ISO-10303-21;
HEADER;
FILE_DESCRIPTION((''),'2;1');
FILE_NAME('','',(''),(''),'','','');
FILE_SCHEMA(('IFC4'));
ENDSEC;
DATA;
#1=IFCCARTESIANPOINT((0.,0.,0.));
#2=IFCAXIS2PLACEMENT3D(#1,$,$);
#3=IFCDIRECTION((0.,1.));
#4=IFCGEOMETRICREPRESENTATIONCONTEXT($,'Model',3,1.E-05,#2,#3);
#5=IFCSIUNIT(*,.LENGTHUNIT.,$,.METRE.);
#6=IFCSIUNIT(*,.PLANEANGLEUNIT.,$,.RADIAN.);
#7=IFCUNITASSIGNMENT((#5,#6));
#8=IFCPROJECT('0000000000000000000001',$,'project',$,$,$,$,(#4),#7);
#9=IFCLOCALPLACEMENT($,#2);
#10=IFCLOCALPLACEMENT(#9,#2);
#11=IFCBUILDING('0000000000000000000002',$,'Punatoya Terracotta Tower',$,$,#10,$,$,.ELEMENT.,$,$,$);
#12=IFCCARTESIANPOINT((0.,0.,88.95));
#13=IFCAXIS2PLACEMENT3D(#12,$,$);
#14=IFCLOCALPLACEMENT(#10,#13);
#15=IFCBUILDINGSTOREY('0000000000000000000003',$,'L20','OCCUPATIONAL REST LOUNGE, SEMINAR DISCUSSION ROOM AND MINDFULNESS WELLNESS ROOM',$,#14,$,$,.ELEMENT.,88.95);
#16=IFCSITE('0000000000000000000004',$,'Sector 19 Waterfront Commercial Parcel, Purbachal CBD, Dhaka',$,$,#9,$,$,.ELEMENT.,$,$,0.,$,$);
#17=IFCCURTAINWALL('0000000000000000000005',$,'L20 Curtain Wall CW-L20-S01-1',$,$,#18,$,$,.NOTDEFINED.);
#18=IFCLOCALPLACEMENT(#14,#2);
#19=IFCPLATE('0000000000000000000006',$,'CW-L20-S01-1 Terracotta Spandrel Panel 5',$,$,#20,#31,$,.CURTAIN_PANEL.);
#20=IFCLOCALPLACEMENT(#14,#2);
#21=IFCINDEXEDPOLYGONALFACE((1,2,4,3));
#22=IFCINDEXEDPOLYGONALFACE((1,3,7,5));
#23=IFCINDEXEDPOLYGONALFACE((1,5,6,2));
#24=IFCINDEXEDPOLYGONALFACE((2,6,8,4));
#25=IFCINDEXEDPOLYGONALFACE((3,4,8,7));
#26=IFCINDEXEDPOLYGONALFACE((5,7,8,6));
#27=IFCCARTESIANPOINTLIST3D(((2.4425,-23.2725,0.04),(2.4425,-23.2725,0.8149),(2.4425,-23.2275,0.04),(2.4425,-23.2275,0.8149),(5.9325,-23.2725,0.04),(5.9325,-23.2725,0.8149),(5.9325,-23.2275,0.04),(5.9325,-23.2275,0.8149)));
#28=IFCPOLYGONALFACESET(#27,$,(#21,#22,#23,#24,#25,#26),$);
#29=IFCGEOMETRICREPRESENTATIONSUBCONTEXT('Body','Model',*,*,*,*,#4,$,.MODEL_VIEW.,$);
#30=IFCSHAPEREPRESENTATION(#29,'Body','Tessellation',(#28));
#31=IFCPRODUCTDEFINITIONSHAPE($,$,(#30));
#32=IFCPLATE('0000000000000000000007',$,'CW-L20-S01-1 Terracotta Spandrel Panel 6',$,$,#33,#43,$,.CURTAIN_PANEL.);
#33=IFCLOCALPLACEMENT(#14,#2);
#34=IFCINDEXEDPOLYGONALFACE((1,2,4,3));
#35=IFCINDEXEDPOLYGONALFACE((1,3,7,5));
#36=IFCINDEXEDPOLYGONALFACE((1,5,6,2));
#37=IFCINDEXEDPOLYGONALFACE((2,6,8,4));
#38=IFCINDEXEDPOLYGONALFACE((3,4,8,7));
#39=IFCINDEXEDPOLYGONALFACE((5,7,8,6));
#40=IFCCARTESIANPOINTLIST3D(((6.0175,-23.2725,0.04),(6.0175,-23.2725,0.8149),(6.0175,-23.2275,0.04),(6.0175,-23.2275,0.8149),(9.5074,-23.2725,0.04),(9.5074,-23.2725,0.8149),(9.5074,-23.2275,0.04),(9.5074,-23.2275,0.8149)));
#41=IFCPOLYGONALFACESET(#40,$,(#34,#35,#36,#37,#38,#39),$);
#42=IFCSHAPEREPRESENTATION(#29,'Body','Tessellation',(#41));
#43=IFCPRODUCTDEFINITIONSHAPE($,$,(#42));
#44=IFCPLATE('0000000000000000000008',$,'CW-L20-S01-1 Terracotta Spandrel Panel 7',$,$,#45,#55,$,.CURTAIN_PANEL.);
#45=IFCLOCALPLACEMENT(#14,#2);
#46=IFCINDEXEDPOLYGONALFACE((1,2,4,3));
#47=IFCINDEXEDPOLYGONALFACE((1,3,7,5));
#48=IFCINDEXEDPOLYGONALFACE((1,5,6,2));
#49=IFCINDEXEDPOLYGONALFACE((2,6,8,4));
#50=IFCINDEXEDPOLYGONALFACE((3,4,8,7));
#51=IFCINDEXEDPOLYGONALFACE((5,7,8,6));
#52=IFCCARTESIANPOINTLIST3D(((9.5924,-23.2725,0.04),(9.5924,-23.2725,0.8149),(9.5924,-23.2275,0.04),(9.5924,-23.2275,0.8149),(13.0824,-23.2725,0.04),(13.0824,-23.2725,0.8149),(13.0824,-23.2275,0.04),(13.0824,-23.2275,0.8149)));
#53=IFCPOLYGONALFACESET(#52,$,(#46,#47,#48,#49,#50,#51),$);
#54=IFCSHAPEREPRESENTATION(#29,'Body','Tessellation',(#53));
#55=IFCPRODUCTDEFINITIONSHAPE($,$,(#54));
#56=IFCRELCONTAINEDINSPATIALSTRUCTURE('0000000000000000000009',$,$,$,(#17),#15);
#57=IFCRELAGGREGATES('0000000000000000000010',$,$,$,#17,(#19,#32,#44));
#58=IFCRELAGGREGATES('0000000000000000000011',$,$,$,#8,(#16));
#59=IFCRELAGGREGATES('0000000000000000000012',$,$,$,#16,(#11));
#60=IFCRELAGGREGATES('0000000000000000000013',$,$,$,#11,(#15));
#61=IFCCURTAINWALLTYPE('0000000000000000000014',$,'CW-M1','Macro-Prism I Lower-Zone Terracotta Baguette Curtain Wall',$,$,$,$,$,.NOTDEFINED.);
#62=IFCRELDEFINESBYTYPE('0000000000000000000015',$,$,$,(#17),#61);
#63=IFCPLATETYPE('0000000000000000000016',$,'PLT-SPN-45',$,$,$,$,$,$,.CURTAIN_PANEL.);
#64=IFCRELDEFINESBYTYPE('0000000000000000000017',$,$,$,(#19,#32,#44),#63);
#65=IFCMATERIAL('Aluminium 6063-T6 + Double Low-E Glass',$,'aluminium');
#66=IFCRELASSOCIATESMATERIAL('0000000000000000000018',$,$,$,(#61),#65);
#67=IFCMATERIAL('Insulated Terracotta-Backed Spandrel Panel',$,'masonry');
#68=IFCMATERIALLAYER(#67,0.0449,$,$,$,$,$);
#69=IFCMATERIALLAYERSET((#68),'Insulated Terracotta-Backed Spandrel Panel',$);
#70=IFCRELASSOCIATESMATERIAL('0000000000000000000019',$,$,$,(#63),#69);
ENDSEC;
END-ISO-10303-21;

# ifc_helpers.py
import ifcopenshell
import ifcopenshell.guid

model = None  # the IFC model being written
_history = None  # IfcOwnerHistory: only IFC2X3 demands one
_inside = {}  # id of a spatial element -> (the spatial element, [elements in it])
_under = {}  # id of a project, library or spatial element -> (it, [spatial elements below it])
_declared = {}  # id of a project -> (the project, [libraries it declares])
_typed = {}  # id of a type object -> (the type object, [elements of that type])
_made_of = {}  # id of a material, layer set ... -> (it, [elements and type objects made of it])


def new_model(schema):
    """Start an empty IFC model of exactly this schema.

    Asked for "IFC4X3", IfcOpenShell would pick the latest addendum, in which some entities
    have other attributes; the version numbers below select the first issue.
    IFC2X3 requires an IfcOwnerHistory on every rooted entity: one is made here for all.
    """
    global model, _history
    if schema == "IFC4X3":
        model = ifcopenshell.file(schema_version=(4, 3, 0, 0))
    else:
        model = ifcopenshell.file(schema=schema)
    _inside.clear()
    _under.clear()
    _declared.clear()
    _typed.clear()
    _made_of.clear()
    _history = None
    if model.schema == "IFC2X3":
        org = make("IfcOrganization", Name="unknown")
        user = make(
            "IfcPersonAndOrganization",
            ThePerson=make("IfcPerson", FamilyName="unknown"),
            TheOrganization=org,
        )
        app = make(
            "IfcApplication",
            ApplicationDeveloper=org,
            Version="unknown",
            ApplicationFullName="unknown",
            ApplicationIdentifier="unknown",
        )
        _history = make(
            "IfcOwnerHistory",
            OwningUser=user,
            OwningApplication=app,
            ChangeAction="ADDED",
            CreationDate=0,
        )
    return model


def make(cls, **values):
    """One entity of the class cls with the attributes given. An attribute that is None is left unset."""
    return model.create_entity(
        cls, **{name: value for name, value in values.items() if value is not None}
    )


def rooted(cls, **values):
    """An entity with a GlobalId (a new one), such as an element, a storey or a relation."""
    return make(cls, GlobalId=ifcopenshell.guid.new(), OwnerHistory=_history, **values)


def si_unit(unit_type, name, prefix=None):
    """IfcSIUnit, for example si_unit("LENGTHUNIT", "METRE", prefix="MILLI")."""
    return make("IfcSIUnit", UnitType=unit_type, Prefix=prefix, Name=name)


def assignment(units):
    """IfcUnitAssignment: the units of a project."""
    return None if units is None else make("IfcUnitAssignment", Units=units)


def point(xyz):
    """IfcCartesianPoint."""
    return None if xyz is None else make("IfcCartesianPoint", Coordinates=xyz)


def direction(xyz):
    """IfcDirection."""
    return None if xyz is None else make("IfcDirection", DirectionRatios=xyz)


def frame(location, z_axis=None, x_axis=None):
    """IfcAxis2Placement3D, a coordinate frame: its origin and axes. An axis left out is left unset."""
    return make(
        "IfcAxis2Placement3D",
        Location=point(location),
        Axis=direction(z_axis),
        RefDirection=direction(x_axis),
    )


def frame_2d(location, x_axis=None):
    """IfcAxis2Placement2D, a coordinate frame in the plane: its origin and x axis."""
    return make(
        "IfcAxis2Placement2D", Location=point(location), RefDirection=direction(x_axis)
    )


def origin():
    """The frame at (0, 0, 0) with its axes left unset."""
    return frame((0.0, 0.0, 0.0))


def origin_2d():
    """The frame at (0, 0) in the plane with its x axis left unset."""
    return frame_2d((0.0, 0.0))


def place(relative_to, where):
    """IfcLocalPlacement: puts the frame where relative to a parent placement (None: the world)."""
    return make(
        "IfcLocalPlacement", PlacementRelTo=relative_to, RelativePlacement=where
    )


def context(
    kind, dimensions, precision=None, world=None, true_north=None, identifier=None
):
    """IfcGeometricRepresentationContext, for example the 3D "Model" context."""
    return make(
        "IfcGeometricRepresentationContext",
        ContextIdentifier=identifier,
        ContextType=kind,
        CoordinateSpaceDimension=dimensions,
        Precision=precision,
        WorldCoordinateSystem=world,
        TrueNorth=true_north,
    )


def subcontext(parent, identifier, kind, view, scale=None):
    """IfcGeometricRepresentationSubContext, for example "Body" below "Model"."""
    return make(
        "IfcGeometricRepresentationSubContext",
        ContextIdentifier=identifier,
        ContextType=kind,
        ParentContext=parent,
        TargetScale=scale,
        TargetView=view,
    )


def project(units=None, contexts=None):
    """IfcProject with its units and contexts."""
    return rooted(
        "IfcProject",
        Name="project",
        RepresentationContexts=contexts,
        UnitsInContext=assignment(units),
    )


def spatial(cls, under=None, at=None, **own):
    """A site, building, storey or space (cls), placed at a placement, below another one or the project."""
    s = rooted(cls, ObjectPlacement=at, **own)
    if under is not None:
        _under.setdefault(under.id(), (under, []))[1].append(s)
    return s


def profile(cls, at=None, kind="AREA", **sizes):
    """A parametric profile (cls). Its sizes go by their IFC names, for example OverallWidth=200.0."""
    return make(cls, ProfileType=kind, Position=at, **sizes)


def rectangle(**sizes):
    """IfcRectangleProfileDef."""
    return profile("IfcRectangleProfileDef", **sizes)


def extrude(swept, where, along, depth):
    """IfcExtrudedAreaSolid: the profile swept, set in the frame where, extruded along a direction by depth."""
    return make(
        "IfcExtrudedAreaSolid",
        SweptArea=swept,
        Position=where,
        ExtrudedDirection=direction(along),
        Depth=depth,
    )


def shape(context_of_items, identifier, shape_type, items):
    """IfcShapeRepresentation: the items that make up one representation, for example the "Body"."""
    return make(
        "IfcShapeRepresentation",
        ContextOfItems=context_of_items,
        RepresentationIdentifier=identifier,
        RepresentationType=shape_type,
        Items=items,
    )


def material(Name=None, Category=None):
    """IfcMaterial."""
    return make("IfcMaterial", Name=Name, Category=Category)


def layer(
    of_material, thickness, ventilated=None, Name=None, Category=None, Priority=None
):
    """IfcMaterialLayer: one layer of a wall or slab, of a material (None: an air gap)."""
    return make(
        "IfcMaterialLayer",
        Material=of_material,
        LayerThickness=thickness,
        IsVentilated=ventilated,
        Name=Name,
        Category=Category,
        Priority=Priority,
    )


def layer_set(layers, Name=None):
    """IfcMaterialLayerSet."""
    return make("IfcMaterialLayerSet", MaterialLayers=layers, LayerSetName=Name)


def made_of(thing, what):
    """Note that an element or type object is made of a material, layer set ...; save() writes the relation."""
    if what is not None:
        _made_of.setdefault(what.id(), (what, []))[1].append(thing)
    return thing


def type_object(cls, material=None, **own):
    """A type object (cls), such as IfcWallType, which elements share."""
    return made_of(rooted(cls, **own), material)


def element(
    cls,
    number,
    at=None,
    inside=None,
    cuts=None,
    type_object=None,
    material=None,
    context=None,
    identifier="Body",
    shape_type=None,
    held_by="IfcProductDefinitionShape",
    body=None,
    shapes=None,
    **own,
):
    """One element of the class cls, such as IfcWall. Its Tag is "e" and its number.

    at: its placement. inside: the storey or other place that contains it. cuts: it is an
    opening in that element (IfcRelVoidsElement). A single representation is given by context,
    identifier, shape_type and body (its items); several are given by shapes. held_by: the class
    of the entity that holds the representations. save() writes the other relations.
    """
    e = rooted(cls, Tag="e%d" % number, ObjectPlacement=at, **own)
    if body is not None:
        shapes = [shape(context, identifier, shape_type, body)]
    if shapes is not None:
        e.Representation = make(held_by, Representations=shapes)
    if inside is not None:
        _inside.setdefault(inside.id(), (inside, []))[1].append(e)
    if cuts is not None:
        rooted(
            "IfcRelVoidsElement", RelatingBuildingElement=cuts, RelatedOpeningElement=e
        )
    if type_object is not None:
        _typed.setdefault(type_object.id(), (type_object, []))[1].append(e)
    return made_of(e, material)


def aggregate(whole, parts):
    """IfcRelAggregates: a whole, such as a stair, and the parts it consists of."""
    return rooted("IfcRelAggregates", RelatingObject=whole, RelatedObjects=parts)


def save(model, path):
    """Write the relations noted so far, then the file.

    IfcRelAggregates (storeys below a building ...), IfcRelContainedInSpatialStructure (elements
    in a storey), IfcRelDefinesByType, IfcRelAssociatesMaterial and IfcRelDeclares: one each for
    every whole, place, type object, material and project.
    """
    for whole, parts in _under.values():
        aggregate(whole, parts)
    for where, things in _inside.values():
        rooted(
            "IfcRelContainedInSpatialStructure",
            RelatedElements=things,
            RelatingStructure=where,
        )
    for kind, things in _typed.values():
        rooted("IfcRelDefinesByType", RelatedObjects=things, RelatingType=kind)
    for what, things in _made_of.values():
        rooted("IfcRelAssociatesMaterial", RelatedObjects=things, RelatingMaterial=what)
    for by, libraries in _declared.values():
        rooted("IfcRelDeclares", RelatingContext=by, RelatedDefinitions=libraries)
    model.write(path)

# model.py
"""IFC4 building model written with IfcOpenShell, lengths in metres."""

from ifc_helpers import new_model, si_unit, direction, frame, origin, origin_2d, place, context, subcontext, project, spatial, rectangle, extrude, material, layer, layer_set, type_object, element, aggregate, save


model = new_model("IFC4")

# Units and contexts
model_context = context("Model", 3, precision=1e-05, world=origin(), true_north=direction((0.0, 1.0)))
body_context = subcontext(model_context, "Body", "Model", "MODEL_VIEW")
ifc_project = project(units=[si_unit("LENGTHUNIT", "METRE"), si_unit("PLANEANGLEUNIT", "RADIAN")], contexts=[model_context])

# Site, building, storey
site_placement = place(None, origin())
site = spatial("IfcSite", under=ifc_project, at=site_placement, Name="Sector 19 Waterfront Commercial Parcel, Purbachal CBD, Dhaka", CompositionType="ELEMENT", RefElevation=0.0)
building_placement = place(site_placement, origin())
building = spatial("IfcBuilding", under=site, at=building_placement, Name="Punatoya Terracotta Tower", CompositionType="ELEMENT")
storey_placement = place(building_placement, frame((0.0, 0.0, 88.95)))
storey = spatial("IfcBuildingStorey", under=building, at=storey_placement, Name="L20", Description="OCCUPATIONAL REST LOUNGE, SEMINAR DISCUSSION ROOM AND MINDFULNESS WELLNESS ROOM", CompositionType="ELEMENT", Elevation=88.95)

# Curtain wall, plates
ifc_material_1 = material(Name="Aluminium 6063-T6 + Double Low-E Glass", Category="aluminium")
curtain_wall_type = type_object("IfcCurtainWallType", Name="CW-M1", Description="Macro-Prism I Lower-Zone Terracotta Baguette Curtain Wall", PredefinedType="NOTDEFINED", material=ifc_material_1)
curtain_wall_placement = place(storey_placement, origin())
curtain_wall = element("IfcCurtainWall", 1, at=curtain_wall_placement, inside=storey, type_object=curtain_wall_type, Name="L20 Curtain Wall CW-L20-S01-1", PredefinedType="NOTDEFINED")
ifc_material_2 = material(Name="Insulated Terracotta-Backed Spandrel Panel", Category="masonry")
ifc_layer_1 = layer(ifc_material_2, 0.0449)
ifc_layer_set_1 = layer_set([ifc_layer_1], Name="Insulated Terracotta-Backed Spandrel Panel")
plate_type_1 = type_object("IfcPlateType", Name="PLT-SPN-45", PredefinedType="CURTAIN_PANEL", material=ifc_layer_set_1)
plate_1_placement = place(storey_placement, frame((4.1875, -23.25, 0.04), z_axis=(0.0, 0.0, 1.0), x_axis=(1.0, 0.0, 0.0)))
plate_1 = element("IfcPlate", 2, at=plate_1_placement, type_object=plate_type_1, Name="CW-L20-S01-1 Terracotta Spandrel Panel 5", PredefinedType="CURTAIN_PANEL", context=body_context, shape_type="SweptSolid", body=[
    extrude(rectangle(XDim=3.49, YDim=0.0449, at=origin_2d()), origin(), (0.0, 0.0, 1.0), 0.7749),
])
plate_2_placement = place(storey_placement, frame((7.7625, -23.25, 0.04), z_axis=(0.0, 0.0, 1.0), x_axis=(1.0, 0.0, 0.0)))
plate_2 = element("IfcPlate", 3, at=plate_2_placement, type_object=plate_type_1, Name="CW-L20-S01-1 Terracotta Spandrel Panel 6", PredefinedType="CURTAIN_PANEL", context=body_context, shape_type="SweptSolid", body=[
    extrude(rectangle(XDim=3.49, YDim=0.0449, at=origin_2d()), origin(), (0.0, 0.0, 1.0), 0.7749),
])
plate_3_placement = place(storey_placement, frame((11.3374, -23.25, 0.04), z_axis=(0.0, 0.0, 1.0), x_axis=(1.0, 0.0, 0.0)))
plate_3 = element("IfcPlate", 4, at=plate_3_placement, type_object=plate_type_1, Name="CW-L20-S01-1 Terracotta Spandrel Panel 7", PredefinedType="CURTAIN_PANEL", context=body_context, shape_type="SweptSolid", body=[
    extrude(rectangle(XDim=3.49, YDim=0.0449, at=origin_2d()), origin(), (0.0, 0.0, 1.0), 0.7749),
])
aggregate(curtain_wall, [plate_1, plate_2, plate_3])

save(model, "model.ifc")
